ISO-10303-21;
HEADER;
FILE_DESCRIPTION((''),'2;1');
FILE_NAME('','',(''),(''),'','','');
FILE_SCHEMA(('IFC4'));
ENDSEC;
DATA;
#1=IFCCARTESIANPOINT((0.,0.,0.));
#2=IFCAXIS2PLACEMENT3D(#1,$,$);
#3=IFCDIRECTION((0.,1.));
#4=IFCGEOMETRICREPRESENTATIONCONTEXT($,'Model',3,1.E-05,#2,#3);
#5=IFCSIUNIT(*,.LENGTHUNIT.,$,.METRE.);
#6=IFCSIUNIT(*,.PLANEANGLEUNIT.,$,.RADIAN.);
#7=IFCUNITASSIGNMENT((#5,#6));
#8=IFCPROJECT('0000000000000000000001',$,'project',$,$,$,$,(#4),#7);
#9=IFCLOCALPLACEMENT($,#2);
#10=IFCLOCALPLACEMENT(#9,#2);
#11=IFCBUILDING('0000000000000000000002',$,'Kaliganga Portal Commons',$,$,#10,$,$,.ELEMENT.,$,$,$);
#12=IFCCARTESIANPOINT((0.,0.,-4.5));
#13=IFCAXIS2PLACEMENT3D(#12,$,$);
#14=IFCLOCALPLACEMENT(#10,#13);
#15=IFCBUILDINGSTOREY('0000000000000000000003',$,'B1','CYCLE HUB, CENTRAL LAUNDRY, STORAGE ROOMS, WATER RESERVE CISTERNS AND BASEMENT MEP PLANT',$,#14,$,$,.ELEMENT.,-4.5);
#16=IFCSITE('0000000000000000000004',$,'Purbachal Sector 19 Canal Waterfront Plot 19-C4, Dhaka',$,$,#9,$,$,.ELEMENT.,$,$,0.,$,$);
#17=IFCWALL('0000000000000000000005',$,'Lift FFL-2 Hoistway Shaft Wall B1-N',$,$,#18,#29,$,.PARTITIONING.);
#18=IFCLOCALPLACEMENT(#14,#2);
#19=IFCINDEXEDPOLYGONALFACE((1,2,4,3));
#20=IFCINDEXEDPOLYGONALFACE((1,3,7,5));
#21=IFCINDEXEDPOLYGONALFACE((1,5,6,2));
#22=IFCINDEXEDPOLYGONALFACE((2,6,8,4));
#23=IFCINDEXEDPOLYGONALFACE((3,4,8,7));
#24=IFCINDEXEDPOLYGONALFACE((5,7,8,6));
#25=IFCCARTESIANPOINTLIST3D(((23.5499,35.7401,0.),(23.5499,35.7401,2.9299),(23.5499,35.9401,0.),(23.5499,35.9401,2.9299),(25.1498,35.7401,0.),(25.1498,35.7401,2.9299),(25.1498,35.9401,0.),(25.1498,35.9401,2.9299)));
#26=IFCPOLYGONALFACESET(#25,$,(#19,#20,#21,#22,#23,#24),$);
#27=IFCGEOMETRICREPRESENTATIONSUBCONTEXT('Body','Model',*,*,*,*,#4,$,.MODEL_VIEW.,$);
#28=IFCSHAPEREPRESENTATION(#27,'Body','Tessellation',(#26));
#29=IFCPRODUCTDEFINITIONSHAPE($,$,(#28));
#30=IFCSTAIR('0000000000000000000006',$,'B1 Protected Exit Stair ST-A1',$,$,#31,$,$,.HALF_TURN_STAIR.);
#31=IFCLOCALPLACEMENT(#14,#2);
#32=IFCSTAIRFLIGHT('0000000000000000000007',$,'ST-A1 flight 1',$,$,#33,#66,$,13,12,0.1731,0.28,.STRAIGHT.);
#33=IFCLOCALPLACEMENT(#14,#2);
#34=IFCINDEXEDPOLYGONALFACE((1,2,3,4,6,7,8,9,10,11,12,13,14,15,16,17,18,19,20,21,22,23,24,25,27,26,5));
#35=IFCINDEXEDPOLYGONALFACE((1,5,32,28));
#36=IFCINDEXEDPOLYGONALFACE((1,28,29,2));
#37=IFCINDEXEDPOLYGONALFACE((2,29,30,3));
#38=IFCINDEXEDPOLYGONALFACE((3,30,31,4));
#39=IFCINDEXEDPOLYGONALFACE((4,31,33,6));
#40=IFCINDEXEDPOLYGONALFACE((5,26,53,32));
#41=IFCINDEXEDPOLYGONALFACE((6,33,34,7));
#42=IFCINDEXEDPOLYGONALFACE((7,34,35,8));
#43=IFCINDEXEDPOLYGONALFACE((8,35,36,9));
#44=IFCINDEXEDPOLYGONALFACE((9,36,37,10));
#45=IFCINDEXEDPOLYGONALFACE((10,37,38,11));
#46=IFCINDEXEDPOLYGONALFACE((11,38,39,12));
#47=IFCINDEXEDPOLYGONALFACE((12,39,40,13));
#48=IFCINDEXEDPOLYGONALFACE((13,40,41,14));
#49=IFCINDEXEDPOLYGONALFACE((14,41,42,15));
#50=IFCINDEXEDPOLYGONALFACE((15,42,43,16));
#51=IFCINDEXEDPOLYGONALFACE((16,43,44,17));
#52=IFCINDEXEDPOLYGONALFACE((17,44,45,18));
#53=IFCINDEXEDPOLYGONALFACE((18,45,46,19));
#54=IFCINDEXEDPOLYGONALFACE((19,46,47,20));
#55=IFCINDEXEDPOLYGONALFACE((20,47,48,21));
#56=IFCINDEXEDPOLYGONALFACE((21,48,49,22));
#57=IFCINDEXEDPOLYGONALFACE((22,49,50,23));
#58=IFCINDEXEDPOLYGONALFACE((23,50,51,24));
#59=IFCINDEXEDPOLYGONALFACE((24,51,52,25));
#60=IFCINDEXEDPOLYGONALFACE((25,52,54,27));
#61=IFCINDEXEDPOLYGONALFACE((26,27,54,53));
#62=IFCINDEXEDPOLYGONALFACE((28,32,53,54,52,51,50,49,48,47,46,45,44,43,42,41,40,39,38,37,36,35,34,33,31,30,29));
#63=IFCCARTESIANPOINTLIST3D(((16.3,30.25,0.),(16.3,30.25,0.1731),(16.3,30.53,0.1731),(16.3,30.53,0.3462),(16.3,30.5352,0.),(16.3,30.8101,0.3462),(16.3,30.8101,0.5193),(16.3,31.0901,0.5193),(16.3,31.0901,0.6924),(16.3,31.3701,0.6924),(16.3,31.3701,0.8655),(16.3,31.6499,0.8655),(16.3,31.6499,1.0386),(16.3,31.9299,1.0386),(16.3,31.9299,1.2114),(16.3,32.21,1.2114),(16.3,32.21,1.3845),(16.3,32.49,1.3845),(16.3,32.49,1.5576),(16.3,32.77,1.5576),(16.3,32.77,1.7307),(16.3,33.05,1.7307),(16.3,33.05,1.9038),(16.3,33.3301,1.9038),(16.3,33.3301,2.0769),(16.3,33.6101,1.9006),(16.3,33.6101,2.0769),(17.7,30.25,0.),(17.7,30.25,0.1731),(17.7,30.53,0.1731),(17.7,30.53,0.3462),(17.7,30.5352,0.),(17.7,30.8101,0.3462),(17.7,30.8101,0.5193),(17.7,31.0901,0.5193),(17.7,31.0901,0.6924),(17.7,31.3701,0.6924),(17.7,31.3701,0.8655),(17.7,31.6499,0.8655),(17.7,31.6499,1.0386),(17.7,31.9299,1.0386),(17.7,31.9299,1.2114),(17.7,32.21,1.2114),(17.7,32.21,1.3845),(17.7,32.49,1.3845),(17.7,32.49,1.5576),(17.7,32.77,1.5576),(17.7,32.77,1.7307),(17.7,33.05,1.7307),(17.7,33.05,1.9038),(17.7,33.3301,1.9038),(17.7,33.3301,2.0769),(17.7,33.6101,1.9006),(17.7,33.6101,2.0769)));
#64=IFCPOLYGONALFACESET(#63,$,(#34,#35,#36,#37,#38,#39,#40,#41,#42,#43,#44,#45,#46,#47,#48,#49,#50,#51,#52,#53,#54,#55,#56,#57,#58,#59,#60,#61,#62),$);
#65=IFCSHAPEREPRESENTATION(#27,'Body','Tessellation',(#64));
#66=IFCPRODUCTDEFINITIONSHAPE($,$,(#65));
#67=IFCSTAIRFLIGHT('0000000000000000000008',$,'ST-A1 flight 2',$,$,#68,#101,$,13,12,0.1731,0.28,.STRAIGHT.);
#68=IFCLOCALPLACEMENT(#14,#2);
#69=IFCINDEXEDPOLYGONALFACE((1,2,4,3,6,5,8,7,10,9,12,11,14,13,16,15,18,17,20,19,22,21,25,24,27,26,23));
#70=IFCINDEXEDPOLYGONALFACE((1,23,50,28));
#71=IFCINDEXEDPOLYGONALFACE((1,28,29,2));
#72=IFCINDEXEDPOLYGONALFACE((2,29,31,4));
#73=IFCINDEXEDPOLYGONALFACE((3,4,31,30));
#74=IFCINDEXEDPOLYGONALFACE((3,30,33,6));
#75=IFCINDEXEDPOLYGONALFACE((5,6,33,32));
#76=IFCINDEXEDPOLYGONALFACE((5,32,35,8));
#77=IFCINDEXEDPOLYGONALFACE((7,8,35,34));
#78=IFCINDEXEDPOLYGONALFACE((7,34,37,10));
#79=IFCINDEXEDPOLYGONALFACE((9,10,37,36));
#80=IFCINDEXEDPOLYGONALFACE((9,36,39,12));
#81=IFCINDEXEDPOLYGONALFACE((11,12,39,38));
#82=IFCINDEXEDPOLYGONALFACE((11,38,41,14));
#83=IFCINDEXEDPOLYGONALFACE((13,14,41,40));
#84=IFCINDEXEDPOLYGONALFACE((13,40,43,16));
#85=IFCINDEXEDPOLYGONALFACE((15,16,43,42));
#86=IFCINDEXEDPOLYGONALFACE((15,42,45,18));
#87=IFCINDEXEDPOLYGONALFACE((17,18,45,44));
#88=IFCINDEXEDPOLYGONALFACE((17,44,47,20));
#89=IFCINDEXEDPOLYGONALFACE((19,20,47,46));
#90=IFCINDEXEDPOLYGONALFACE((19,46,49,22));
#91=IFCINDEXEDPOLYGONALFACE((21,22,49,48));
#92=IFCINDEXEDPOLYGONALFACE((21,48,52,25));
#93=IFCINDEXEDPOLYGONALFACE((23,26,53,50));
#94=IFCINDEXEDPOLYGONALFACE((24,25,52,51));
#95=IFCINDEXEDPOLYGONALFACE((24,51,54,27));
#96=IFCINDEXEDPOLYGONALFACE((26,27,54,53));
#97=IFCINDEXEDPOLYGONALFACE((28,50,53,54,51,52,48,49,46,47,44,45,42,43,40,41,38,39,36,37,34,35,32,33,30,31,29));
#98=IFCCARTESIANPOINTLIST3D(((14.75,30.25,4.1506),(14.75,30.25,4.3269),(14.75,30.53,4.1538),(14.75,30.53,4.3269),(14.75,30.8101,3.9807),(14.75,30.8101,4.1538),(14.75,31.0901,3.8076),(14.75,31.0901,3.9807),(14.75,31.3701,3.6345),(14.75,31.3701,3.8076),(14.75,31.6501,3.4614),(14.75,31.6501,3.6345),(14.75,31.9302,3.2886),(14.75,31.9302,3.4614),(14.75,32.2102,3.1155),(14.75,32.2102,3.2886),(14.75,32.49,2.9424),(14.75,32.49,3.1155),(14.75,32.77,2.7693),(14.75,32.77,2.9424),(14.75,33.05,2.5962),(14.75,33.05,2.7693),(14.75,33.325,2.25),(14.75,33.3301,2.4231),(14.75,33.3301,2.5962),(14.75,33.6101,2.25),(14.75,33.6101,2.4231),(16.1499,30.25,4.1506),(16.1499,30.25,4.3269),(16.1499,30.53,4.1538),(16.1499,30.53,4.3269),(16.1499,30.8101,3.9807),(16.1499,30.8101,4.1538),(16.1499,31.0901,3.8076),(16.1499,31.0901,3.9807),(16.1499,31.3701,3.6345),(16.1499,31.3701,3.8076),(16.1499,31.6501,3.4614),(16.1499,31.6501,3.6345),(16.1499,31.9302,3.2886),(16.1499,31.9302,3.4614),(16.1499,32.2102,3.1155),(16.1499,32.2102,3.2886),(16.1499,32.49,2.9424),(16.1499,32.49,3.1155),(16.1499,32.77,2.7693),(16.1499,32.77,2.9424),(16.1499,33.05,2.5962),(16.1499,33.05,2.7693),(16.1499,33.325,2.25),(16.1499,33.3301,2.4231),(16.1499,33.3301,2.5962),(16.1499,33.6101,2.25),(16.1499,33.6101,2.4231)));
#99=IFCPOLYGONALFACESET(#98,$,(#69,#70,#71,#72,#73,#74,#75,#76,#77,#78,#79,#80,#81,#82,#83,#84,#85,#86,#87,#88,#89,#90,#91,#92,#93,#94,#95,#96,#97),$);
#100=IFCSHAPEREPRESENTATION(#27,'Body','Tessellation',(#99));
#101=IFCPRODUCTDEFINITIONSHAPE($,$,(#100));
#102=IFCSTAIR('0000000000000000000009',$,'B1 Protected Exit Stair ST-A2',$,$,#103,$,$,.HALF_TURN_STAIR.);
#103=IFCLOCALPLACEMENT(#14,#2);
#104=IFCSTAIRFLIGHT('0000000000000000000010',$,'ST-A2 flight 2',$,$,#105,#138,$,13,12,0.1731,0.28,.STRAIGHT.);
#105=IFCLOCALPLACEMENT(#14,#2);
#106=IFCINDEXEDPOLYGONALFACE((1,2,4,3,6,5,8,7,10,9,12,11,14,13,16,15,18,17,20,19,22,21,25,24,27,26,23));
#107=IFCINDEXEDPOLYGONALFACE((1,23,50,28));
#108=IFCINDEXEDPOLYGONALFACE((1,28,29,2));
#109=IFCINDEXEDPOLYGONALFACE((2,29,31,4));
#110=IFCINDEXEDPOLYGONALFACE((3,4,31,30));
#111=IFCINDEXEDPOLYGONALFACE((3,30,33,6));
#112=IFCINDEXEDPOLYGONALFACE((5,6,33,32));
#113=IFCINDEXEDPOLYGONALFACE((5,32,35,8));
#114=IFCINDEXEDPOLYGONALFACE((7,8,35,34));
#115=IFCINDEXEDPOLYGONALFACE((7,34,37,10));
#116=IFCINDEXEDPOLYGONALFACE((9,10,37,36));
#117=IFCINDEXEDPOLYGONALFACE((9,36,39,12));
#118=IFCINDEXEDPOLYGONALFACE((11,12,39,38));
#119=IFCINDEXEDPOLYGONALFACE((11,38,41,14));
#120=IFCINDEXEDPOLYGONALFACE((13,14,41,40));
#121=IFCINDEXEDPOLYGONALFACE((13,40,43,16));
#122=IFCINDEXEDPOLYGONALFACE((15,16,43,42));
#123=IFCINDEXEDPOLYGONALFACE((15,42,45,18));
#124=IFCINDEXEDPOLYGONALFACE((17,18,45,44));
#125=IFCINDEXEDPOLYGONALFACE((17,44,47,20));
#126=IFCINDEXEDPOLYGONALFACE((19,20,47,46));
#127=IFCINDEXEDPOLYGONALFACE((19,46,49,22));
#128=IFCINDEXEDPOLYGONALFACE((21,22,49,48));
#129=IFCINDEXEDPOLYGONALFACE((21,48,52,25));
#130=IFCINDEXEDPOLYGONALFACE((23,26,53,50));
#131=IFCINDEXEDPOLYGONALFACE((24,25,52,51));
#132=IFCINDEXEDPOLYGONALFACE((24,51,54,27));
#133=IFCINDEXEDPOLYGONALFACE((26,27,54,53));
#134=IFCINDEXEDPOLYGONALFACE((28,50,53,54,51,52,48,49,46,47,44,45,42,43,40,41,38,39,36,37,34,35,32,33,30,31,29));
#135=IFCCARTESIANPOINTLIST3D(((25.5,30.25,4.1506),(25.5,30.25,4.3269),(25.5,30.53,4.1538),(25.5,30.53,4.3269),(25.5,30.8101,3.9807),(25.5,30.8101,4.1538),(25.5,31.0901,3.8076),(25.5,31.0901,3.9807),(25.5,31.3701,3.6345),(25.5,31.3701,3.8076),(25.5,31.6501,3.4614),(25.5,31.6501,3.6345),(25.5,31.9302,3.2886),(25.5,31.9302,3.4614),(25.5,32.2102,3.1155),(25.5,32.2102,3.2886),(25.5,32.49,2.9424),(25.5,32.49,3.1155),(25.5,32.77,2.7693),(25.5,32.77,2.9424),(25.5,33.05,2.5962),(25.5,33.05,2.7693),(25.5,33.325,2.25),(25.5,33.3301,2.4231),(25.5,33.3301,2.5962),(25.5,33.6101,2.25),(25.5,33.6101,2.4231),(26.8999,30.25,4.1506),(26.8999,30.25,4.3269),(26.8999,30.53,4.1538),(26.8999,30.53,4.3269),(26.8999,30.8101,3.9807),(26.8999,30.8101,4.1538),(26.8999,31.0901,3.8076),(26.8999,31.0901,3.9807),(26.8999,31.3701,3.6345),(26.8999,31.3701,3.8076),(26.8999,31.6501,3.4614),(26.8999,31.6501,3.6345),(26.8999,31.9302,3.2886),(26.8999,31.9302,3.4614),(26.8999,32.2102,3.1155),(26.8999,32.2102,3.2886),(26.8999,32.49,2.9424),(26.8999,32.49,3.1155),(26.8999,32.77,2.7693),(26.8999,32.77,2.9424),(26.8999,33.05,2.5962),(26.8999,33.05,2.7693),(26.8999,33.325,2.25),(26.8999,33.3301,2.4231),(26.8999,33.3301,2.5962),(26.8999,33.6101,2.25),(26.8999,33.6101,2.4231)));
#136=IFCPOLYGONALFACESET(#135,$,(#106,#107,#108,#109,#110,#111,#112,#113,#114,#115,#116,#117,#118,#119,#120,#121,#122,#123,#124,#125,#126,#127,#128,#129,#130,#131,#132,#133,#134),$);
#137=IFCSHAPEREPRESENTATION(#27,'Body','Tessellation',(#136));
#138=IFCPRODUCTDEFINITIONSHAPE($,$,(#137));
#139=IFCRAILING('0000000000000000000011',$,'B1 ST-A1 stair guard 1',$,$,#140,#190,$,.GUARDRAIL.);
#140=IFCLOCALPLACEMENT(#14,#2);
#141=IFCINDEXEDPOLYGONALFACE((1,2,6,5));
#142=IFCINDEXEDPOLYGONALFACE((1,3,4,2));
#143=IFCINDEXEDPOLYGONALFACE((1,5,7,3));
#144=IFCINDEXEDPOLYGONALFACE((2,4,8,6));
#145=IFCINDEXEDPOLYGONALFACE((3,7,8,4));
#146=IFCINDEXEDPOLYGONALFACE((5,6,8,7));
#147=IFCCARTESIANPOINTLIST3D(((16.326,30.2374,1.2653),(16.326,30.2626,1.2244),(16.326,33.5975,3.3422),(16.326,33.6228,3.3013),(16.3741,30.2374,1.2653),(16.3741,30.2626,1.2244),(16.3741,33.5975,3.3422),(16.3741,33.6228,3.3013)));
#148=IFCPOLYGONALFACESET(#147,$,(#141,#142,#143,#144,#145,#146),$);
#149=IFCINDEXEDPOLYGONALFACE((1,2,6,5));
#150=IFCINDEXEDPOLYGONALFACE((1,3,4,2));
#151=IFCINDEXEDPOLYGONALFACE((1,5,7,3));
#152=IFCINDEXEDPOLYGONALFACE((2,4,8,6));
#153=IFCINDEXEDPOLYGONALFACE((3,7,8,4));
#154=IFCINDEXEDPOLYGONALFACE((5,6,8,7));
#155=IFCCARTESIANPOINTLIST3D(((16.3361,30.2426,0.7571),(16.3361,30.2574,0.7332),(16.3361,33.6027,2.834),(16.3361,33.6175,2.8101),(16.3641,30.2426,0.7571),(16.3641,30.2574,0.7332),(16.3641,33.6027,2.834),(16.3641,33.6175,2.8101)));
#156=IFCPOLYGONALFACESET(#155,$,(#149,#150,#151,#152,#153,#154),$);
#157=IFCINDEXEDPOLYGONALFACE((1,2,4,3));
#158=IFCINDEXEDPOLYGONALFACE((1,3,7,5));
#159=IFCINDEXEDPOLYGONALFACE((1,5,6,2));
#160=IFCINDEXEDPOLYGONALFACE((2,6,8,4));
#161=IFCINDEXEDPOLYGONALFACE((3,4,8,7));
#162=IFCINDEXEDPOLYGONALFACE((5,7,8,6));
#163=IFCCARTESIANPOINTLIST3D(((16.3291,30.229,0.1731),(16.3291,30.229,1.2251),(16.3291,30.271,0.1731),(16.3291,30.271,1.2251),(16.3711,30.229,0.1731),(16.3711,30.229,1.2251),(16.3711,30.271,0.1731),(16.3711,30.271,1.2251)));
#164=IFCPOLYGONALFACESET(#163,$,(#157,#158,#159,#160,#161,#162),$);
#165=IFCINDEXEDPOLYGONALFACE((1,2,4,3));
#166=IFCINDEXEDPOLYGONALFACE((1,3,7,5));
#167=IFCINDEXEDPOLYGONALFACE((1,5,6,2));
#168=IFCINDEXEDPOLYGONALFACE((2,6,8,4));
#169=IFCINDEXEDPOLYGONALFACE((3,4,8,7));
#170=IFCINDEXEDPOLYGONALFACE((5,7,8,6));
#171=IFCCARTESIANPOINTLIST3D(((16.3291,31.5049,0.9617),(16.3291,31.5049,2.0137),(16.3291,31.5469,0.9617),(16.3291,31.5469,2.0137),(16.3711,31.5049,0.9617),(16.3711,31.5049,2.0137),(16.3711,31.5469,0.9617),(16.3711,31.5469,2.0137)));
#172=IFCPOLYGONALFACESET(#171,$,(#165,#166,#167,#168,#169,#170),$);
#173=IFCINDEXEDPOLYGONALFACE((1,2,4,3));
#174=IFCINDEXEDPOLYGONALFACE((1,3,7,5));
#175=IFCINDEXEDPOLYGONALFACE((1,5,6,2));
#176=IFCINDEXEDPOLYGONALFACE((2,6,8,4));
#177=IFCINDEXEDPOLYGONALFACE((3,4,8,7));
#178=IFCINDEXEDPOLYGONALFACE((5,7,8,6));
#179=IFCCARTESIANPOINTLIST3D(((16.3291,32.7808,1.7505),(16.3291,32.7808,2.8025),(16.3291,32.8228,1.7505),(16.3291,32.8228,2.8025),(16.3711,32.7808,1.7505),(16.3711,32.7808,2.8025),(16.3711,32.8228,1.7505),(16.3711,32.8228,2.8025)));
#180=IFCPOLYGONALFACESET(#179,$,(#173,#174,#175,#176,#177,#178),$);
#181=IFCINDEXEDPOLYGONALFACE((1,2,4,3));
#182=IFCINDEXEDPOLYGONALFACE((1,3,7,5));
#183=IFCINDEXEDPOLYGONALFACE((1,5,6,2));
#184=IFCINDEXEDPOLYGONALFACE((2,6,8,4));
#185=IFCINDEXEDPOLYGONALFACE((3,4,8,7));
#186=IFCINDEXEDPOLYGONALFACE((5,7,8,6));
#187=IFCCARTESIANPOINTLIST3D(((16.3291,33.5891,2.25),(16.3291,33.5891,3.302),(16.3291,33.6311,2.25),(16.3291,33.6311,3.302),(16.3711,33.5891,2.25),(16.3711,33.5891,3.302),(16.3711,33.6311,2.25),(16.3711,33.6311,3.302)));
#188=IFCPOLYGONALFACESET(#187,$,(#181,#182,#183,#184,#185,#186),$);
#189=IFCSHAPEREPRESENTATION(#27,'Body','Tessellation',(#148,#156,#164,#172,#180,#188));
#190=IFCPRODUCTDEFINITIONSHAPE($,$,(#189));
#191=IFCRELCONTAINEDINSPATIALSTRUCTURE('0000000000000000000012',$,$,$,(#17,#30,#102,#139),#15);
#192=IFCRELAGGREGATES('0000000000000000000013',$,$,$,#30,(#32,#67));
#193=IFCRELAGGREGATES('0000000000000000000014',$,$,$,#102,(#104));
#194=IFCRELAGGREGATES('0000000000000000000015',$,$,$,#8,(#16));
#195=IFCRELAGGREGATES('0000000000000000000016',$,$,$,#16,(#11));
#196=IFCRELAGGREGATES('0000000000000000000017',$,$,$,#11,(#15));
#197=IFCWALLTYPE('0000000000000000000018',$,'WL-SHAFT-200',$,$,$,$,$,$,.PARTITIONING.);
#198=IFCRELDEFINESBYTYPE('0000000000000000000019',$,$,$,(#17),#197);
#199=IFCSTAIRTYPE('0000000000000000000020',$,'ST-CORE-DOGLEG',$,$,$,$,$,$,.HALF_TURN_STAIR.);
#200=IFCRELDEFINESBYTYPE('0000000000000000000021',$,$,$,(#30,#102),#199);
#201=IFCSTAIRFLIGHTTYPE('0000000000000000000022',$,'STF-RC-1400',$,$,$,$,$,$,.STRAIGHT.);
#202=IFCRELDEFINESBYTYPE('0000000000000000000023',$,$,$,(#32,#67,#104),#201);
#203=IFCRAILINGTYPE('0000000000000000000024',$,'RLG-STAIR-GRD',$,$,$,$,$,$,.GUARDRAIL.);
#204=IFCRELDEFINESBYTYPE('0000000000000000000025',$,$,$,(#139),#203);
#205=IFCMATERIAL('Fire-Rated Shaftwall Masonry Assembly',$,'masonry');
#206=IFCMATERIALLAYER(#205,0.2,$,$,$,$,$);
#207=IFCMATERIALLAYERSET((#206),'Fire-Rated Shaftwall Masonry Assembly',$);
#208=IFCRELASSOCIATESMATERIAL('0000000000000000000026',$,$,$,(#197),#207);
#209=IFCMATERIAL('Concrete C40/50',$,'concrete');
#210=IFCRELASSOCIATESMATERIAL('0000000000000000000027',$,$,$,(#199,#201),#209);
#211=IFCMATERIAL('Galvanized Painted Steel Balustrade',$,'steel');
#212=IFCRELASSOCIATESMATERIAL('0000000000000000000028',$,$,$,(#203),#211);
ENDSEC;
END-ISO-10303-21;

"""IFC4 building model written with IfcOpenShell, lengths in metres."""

from ifc_helpers import new_model, si_unit, direction, frame, frame_2d, origin, origin_2d, place, context, subcontext, project, spatial, polyline, rectangle, outline, extrude, material, layer, layer_set, type_object, element, aggregate, save


model = new_model("IFC4")

# Units and contexts
model_context = context("Model", 3, precision=1e-05, world=origin(), true_north=direction((0.0, 1.0)))
body_context = subcontext(model_context, "Body", "Model", "MODEL_VIEW")
ifc_project = project(units=[si_unit("LENGTHUNIT", "METRE"), si_unit("PLANEANGLEUNIT", "RADIAN")], contexts=[model_context])

# Site, building, storey
site_placement = place(None, origin())
site = spatial("IfcSite", under=ifc_project, at=site_placement, Name="Purbachal Sector 19 Canal Waterfront Plot 19-C4, Dhaka", CompositionType="ELEMENT", RefElevation=0.0)
building_placement = place(site_placement, origin())
building = spatial("IfcBuilding", under=site, at=building_placement, Name="Kaliganga Portal Commons", CompositionType="ELEMENT")
storey_placement = place(building_placement, frame((0.0, 0.0, -4.5)))
storey = spatial("IfcBuildingStorey", under=building, at=storey_placement, Name="B1", Description="CYCLE HUB, CENTRAL LAUNDRY, STORAGE ROOMS, WATER RESERVE CISTERNS AND BASEMENT MEP PLANT", CompositionType="ELEMENT", Elevation=-4.5)

# Shared definitions
ifc_material_1 = material(Name="Fire-Rated Shaftwall Masonry Assembly", Category="masonry")
ifc_layer_1 = layer(ifc_material_1, 0.2)
ifc_layer_set_1 = layer_set([ifc_layer_1], Name="Fire-Rated Shaftwall Masonry Assembly")
wall_type_1 = type_object("IfcWallType", Name="WL-SHAFT-200", PredefinedType="PARTITIONING", material=ifc_layer_set_1)

# Wall
wall_1_placement = place(storey_placement, frame((23.55, 35.8401, 0.0), z_axis=(0.0, 0.0, 1.0), x_axis=(1.0, 0.0, 0.0)))
element("IfcWall", 1, at=wall_1_placement, inside=storey, type_object=wall_type_1, Name="Lift FFL-2 Hoistway Shaft Wall B1-N", PredefinedType="PARTITIONING", context=body_context, shape_type="SweptSolid", body=[
    extrude(rectangle(XDim=1.5999, YDim=0.2, at=frame_2d((0.7998, 0.0))), origin(), (0.0, 0.0, 1.0), 2.9299),
])

# Stair, stair flights
ifc_material_2 = material(Name="Concrete C40/50", Category="concrete")
stair_type = type_object("IfcStairType", Name="ST-CORE-DOGLEG", PredefinedType="HALF_TURN_STAIR", material=ifc_material_2)
stair_1_placement = place(storey_placement, origin())
stair_1 = element("IfcStair", 2, at=stair_1_placement, inside=storey, type_object=stair_type, Name="B1 Protected Exit Stair ST-A1", PredefinedType="HALF_TURN_STAIR")
stair_flight_type = type_object("IfcStairFlightType", Name="STF-RC-1400", PredefinedType="STRAIGHT", material=ifc_material_2)
stair_flight_1_placement = place(storey_placement, frame((17.0, 30.25, 0.0), z_axis=(0.0, 0.0, 1.0), x_axis=(0.0, 1.0, 0.0)))
stair_flight_1 = element("IfcStairFlight", 3, at=stair_flight_1_placement, type_object=stair_flight_type, Name="ST-A1 flight 1", NumberOfRisers=13, NumberOfTreads=12, PredefinedType="STRAIGHT", RiserHeight=0.1731, TreadLength=0.28, context=body_context, shape_type="SweptSolid", body=[
    extrude(outline(polyline([(0.0, 0.0), (0.0, 0.1731), (0.28, 0.1731), (0.28, 0.3462), (0.5601, 0.3462), (0.5601, 0.5193), (0.8401, 0.5193), (0.8401, 0.6924), (1.1201, 0.6924), (1.1201, 0.8655), (1.3999, 0.8655), (1.3999, 1.0386), (1.6799, 1.0386), (1.6799, 1.2114), (1.96, 1.2114), (1.96, 1.3845), (2.24, 1.3845), (2.24, 1.5576), (2.52, 1.5576), (2.52, 1.7307), (2.8, 1.7307), (2.8, 1.9038), (3.0801, 1.9038), (3.0801, 2.0769), (3.3601, 2.0769), (3.3601, 2.25), (3.3601, 1.9006), (0.2852, 0.0), (0.0, 0.0)])), frame((0.0, 0.7, 0.0), z_axis=(0.0, -1.0, 0.0), x_axis=(1.0, 0.0, 0.0)), (0.0, 0.0, 1.0), 1.3999),
])
stair_flight_2_placement = place(storey_placement, frame((15.45, 33.6101, 2.25), z_axis=(0.0, 0.0, 1.0), x_axis=(0.0, -1.0, 0.0)))
stair_flight_2 = element("IfcStairFlight", 4, at=stair_flight_2_placement, type_object=stair_flight_type, Name="ST-A1 flight 2", NumberOfRisers=13, NumberOfTreads=12, PredefinedType="STRAIGHT", RiserHeight=0.1731, TreadLength=0.28, context=body_context, shape_type="SweptSolid", body=[
    extrude(outline(polyline([(0.0, 0.0), (0.0, 0.1731), (0.28, 0.1731), (0.28, 0.3462), (0.5601, 0.3462), (0.5601, 0.5193), (0.8401, 0.5193), (0.8401, 0.6924), (1.1201, 0.6924), (1.1201, 0.8655), (1.3999, 0.8655), (1.3999, 1.0386), (1.6799, 1.0386), (1.6799, 1.2114), (1.96, 1.2114), (1.96, 1.3845), (2.24, 1.3845), (2.24, 1.5576), (2.52, 1.5576), (2.52, 1.7307), (2.8, 1.7307), (2.8, 1.9038), (3.0801, 1.9038), (3.0801, 2.0769), (3.3601, 2.0769), (3.3601, 2.25), (3.3601, 1.9006), (0.2852, 0.0), (0.0, 0.0)])), frame((0.0, 0.7, 0.0), z_axis=(0.0, -1.0, 0.0), x_axis=(1.0, 0.0, 0.0)), (0.0, 0.0, 1.0), 1.3999),
])
aggregate(stair_1, [stair_flight_1, stair_flight_2])

# Stair, stair flight
stair_2_placement = place(storey_placement, origin())
stair_2 = element("IfcStair", 5, at=stair_2_placement, inside=storey, type_object=stair_type, Name="B1 Protected Exit Stair ST-A2", PredefinedType="HALF_TURN_STAIR")
stair_flight_3_placement = place(storey_placement, frame((26.2, 33.6101, 2.25), z_axis=(0.0, 0.0, 1.0), x_axis=(0.0, -1.0, 0.0)))
stair_flight_3 = element("IfcStairFlight", 6, at=stair_flight_3_placement, type_object=stair_flight_type, Name="ST-A2 flight 2", NumberOfRisers=13, NumberOfTreads=12, PredefinedType="STRAIGHT", RiserHeight=0.1731, TreadLength=0.28, context=body_context, shape_type="SweptSolid", body=[
    extrude(outline(polyline([(0.0, 0.0), (0.0, 0.1731), (0.28, 0.1731), (0.28, 0.3462), (0.5601, 0.3462), (0.5601, 0.5193), (0.8401, 0.5193), (0.8401, 0.6924), (1.1201, 0.6924), (1.1201, 0.8655), (1.3999, 0.8655), (1.3999, 1.0386), (1.6799, 1.0386), (1.6799, 1.2114), (1.96, 1.2114), (1.96, 1.3845), (2.24, 1.3845), (2.24, 1.5576), (2.52, 1.5576), (2.52, 1.7307), (2.8, 1.7307), (2.8, 1.9038), (3.0801, 1.9038), (3.0801, 2.0769), (3.3601, 2.0769), (3.3601, 2.25), (3.3601, 1.9006), (0.2852, 0.0), (0.0, 0.0)])), frame((0.0, 0.7, 0.0), z_axis=(0.0, -1.0, 0.0), x_axis=(1.0, 0.0, 0.0)), (0.0, 0.0, 1.0), 1.3999),
])
aggregate(stair_2, [stair_flight_3])

# Railing
ifc_material_3 = material(Name="Galvanized Painted Steel Balustrade", Category="steel")
railing_type_1 = type_object("IfcRailingType", Name="RLG-STAIR-GRD", PredefinedType="GUARDRAIL", material=ifc_material_3)
railing_1_placement = place(storey_placement, frame((16.3501, 30.25, 0.1731)))
element("IfcRailing", 7, at=railing_1_placement, inside=storey, type_object=railing_type_1, Name="B1 ST-A1 stair guard 1", PredefinedType="GUARDRAIL", context=body_context, shape_type="SweptSolid", body=[
    extrude(rectangle(XDim=0.0481, YDim=0.0481, at=origin_2d()), frame((0.0, 0.0, 1.0718), z_axis=(0.0, 0.850623, 0.525776), x_axis=(-1.0, 0.0, 0.0)), (0.0, 0.0, 1.0), 3.9502),
    extrude(rectangle(XDim=0.0281, YDim=0.0281, at=origin_2d()), frame((0.0, 0.0, 0.572), z_axis=(0.0, 0.850623, 0.525776), x_axis=(-1.0, 0.0, 0.0)), (0.0, 0.0, 1.0), 3.9502),
    extrude(rectangle(XDim=0.042, YDim=0.042, at=origin_2d()), origin(), (0.0, 0.0, 1.0), 1.052),
    extrude(rectangle(XDim=0.042, YDim=0.042, at=origin_2d()), frame((0.0, 1.2759, 0.7886)), (0.0, 0.0, 1.0), 1.052),
    extrude(rectangle(XDim=0.042, YDim=0.042, at=origin_2d()), frame((0.0, 2.5518, 1.5774)), (0.0, 0.0, 1.0), 1.052),
    extrude(rectangle(XDim=0.042, YDim=0.042, at=origin_2d()), frame((0.0, 3.3601, 2.0769)), (0.0, 0.0, 1.0), 1.052),
])

save(model, "model.ifc")
